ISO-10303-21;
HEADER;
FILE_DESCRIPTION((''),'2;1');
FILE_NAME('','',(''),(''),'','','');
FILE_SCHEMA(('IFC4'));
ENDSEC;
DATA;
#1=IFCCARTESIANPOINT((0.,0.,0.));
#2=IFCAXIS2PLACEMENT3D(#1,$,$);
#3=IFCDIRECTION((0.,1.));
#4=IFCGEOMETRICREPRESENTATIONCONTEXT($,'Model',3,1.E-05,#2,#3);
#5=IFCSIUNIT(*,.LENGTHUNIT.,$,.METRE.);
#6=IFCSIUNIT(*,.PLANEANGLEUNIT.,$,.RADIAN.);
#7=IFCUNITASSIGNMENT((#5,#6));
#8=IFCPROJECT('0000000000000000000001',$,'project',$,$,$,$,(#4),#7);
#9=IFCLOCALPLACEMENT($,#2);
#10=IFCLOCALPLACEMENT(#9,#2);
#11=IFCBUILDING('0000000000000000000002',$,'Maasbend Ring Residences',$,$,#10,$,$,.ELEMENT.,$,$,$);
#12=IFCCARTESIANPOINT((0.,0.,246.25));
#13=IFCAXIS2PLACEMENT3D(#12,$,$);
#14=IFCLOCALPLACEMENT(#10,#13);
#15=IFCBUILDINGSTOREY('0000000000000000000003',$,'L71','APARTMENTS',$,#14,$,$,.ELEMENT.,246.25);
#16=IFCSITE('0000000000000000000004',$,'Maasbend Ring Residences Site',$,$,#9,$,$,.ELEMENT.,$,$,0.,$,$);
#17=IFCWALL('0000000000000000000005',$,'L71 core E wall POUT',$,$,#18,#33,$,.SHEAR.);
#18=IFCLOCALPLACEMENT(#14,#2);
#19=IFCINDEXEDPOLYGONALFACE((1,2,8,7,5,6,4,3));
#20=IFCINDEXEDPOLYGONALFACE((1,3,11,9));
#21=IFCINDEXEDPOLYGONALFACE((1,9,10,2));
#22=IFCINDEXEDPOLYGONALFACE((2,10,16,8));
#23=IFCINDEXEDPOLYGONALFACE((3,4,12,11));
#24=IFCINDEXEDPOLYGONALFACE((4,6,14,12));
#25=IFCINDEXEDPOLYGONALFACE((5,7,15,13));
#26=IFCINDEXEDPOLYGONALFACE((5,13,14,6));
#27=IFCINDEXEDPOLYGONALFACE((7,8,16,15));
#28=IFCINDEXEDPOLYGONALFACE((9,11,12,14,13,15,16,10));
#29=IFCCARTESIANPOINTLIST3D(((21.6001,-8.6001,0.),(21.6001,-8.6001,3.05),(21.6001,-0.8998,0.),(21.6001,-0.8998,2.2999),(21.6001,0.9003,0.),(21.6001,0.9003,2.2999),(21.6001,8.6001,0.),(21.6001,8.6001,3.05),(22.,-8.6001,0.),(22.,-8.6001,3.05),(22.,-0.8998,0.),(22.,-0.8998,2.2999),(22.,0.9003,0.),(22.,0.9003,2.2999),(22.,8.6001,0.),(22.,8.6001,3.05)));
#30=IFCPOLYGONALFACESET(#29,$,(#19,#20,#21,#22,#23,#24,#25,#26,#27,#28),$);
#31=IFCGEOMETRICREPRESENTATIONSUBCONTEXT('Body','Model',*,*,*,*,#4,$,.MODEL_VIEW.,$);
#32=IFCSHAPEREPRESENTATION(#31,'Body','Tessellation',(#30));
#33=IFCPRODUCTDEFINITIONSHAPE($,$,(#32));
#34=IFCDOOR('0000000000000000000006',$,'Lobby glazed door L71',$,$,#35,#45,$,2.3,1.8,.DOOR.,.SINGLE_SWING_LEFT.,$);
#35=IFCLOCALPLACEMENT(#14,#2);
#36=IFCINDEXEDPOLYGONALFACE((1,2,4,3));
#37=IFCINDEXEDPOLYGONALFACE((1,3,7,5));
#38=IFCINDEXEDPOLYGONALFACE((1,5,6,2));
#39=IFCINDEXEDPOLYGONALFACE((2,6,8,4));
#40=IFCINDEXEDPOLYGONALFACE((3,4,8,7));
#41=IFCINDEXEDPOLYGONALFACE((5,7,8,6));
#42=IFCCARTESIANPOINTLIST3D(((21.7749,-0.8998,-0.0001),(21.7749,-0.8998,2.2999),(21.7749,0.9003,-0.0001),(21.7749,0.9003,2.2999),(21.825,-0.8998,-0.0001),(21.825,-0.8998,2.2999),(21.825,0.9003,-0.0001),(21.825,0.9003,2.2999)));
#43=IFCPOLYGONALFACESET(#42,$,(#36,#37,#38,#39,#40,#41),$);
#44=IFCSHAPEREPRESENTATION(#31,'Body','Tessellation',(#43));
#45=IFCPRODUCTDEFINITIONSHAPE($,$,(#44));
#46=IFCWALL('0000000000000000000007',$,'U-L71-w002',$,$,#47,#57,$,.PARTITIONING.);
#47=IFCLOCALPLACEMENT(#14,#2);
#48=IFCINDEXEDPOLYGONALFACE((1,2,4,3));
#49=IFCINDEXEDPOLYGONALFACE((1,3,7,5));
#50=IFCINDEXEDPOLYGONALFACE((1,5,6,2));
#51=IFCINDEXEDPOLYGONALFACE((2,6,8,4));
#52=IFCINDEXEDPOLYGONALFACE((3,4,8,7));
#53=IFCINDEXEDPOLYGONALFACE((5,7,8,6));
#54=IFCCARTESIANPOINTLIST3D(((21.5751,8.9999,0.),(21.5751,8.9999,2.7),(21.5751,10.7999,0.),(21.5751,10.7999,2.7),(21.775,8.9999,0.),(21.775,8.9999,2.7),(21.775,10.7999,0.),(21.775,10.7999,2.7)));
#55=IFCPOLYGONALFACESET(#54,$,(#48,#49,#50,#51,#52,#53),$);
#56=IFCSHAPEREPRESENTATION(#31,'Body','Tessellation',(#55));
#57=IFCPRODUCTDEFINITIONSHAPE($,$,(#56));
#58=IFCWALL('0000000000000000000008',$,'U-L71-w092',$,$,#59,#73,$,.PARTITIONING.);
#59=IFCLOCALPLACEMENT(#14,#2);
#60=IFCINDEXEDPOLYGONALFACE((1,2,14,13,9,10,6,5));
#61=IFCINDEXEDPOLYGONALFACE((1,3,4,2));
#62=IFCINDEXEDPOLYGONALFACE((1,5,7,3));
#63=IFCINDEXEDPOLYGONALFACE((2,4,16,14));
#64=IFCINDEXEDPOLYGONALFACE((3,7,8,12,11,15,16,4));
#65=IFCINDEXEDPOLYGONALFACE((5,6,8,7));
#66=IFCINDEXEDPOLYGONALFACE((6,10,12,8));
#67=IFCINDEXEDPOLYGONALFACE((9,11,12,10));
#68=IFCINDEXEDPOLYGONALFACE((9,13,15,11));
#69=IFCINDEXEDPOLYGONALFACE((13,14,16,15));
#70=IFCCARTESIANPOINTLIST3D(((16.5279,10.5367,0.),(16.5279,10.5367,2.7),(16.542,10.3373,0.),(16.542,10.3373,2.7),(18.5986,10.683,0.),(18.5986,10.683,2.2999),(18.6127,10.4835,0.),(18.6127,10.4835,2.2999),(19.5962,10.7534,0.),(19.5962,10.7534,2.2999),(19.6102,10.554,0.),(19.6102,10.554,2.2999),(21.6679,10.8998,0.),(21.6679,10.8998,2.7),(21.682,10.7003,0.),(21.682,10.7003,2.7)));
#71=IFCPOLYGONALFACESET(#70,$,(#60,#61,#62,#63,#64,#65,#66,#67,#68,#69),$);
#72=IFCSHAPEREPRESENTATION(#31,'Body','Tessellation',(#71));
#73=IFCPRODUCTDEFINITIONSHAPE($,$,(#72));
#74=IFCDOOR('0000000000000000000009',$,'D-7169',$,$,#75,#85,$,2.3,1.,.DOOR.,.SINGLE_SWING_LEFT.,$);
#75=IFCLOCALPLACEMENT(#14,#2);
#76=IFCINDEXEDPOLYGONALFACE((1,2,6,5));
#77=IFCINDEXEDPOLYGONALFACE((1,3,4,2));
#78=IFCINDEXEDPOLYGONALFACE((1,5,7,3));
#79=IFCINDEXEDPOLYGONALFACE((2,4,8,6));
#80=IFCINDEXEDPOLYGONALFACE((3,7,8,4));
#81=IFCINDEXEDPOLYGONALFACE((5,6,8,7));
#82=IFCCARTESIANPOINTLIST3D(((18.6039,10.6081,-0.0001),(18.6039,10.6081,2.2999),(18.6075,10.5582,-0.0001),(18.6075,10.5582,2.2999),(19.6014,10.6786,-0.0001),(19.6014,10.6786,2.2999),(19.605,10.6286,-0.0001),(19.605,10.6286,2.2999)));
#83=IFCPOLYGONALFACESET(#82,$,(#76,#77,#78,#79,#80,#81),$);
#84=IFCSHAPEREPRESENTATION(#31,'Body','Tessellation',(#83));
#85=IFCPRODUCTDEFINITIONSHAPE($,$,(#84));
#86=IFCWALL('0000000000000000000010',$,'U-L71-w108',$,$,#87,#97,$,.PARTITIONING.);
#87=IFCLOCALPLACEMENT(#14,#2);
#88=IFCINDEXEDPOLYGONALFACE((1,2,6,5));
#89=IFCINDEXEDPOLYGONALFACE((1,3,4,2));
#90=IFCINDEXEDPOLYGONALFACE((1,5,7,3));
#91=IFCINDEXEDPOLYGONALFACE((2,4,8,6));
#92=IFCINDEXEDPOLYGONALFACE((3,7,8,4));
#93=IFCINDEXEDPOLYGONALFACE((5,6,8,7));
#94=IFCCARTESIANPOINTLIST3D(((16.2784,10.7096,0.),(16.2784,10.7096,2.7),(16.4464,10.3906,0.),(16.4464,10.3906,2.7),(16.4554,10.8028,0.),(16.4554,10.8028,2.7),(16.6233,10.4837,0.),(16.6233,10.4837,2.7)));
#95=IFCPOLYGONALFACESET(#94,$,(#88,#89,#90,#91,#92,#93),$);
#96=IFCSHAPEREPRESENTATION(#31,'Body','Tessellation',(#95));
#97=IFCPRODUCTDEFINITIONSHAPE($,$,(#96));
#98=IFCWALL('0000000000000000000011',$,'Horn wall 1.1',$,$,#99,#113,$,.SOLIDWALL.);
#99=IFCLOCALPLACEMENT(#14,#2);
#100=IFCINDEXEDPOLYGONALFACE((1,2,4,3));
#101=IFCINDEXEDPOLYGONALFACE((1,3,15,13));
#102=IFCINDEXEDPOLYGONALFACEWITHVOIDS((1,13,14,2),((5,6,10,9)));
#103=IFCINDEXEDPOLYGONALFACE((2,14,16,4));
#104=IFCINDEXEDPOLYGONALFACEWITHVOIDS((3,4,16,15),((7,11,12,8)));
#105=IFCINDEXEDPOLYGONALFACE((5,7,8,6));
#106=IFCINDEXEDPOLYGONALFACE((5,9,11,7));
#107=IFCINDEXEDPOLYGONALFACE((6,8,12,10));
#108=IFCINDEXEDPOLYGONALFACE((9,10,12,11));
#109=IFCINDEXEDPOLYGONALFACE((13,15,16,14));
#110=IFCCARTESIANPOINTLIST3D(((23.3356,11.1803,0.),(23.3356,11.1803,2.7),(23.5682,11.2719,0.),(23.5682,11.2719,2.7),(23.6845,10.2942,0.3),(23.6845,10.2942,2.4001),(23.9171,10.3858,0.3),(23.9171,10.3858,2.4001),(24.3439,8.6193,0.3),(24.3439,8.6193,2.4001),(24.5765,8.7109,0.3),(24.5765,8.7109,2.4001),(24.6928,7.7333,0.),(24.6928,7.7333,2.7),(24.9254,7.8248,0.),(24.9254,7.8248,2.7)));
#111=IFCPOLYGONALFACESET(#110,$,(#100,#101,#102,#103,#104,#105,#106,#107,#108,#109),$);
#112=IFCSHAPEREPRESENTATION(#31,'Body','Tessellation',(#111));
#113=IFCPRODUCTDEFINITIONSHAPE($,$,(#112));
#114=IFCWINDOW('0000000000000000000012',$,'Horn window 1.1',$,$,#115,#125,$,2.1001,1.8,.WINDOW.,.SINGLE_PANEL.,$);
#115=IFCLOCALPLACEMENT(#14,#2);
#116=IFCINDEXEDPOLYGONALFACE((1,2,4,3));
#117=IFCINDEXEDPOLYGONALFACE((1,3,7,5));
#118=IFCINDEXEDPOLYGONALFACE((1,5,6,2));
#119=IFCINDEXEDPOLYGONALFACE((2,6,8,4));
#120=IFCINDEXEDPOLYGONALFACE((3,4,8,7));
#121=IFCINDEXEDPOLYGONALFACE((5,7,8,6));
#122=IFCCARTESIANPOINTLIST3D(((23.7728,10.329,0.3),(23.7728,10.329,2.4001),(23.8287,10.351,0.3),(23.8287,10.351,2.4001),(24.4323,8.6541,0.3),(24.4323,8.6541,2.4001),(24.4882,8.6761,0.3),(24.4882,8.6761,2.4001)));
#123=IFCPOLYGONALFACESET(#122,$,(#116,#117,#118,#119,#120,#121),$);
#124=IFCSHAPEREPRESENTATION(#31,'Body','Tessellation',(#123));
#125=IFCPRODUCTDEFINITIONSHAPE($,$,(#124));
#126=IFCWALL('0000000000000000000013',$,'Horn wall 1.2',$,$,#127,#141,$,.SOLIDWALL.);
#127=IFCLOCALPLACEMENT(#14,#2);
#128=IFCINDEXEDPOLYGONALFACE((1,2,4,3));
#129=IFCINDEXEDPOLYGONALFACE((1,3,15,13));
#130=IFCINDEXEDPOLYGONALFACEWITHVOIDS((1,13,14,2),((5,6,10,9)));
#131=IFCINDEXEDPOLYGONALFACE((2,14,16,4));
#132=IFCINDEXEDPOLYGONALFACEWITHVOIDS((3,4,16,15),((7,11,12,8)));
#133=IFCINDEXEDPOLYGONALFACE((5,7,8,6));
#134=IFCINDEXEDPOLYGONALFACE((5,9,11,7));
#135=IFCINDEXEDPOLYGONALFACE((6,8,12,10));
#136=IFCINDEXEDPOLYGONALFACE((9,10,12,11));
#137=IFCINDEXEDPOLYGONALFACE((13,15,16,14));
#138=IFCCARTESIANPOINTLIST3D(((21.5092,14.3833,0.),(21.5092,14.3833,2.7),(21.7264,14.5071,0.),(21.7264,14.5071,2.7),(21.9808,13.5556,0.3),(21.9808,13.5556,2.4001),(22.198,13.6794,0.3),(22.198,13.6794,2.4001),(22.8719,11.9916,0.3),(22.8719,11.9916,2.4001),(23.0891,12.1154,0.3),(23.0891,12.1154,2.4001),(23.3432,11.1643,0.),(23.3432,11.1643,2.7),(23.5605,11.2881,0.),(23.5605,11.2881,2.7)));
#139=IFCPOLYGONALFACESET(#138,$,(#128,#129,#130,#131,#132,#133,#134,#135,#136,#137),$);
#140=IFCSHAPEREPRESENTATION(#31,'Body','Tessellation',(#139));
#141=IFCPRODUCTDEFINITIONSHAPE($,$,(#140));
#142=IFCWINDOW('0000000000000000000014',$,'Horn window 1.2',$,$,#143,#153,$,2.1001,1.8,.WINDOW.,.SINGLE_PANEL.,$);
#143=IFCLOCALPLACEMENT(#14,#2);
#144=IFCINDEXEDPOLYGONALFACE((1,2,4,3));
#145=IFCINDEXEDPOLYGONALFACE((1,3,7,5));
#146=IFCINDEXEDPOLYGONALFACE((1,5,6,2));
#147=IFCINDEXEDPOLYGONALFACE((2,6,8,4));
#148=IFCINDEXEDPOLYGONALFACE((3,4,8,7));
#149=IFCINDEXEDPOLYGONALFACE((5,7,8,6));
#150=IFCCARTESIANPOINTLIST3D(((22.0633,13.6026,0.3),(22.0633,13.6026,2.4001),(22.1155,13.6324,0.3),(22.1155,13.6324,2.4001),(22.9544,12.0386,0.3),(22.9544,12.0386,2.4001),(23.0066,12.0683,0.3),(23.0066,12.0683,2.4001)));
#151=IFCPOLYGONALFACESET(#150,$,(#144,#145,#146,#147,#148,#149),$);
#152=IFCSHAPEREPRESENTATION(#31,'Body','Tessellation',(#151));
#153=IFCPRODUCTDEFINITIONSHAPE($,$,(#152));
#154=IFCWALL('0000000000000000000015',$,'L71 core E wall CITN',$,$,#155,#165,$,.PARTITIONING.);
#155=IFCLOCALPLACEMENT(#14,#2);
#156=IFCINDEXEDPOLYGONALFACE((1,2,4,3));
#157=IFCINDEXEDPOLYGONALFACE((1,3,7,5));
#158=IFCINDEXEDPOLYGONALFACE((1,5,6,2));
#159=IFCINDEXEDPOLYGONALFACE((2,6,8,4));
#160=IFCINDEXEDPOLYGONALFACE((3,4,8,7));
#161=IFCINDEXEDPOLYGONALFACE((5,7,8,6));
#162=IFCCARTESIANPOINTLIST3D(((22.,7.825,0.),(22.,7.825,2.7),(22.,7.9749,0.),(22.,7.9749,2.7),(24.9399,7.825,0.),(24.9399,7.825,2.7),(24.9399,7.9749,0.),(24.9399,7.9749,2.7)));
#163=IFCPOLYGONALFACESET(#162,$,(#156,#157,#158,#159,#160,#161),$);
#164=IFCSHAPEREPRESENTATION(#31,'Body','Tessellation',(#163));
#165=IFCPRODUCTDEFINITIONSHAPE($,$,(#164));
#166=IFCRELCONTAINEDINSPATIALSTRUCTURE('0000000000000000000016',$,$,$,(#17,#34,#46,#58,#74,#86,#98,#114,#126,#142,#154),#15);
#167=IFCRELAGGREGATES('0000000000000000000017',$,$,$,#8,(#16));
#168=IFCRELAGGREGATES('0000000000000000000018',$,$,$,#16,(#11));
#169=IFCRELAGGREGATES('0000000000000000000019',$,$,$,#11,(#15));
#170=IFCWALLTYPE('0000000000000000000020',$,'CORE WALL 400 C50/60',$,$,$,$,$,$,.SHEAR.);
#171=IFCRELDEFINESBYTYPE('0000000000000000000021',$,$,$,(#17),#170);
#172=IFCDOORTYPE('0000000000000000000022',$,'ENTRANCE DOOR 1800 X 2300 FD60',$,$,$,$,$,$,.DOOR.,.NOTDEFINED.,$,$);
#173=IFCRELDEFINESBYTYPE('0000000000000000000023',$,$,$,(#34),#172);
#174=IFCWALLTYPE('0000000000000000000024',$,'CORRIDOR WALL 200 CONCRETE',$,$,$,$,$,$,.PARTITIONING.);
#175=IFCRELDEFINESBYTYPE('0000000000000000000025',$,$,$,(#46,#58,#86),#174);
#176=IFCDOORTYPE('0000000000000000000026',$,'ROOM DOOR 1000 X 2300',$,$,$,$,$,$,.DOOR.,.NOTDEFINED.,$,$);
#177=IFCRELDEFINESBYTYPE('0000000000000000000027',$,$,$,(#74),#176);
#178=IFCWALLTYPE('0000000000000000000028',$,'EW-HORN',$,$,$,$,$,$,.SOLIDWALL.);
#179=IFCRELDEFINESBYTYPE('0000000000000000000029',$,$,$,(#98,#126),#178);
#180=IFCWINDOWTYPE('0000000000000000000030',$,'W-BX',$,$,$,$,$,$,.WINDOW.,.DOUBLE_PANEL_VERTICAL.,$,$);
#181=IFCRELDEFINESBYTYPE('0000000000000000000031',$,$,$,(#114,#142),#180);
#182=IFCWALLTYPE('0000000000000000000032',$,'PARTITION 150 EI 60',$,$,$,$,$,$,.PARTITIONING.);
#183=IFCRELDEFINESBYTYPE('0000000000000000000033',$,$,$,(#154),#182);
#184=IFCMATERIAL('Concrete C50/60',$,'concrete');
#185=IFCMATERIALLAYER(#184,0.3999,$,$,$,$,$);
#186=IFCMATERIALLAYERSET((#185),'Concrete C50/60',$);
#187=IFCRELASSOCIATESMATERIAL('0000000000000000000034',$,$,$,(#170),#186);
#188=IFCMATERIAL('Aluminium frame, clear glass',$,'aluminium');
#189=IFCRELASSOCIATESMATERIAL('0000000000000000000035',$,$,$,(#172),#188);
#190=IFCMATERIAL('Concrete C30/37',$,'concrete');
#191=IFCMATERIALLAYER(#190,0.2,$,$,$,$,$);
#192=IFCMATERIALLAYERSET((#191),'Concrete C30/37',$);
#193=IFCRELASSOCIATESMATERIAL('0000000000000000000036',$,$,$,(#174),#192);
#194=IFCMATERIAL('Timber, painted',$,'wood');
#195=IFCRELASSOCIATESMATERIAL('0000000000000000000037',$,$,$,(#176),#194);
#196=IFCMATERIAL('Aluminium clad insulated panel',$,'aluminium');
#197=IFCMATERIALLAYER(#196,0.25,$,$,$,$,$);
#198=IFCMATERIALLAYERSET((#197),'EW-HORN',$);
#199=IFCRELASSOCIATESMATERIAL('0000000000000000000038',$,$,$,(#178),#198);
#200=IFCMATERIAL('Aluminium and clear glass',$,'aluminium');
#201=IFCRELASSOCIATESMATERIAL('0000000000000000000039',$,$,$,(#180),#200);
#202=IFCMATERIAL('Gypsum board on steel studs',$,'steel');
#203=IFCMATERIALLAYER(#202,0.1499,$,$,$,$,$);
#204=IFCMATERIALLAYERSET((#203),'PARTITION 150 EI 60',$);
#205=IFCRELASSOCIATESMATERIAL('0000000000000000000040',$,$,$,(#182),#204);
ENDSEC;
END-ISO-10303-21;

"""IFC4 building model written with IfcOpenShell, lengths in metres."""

from ifc_helpers import new_model, si_unit, direction, frame, frame_2d, origin, place, context, subcontext, project, spatial, rectangle, extrude, material, layer, layer_set, type_object, element, fill, save


model = new_model("IFC4")

# Units and contexts
model_context = context("Model", 3, precision=1e-05, world=origin(), true_north=direction((0.0, 1.0)))
body_context = subcontext(model_context, "Body", "Model", "MODEL_VIEW")
ifc_project = project(units=[si_unit("LENGTHUNIT", "METRE"), si_unit("PLANEANGLEUNIT", "RADIAN")], contexts=[model_context])

# Site, building, storey
site_placement = place(None, origin())
site = spatial("IfcSite", under=ifc_project, at=site_placement, Name="Maasbend Ring Residences Site", CompositionType="ELEMENT", RefElevation=0.0)
building_placement = place(site_placement, origin())
building = spatial("IfcBuilding", under=site, at=building_placement, Name="Maasbend Ring Residences", CompositionType="ELEMENT")
storey_placement = place(building_placement, frame((0.0, 0.0, 246.25)))
storey = spatial("IfcBuildingStorey", under=building, at=storey_placement, Name="L71", Description="APARTMENTS", CompositionType="ELEMENT", Elevation=246.25)

# Wall, opening, door
ifc_material_1 = material(Name="Concrete C50/60", Category="concrete")
ifc_layer_1 = layer(ifc_material_1, 0.3999)
ifc_layer_set_1 = layer_set([ifc_layer_1], Name="Concrete C50/60")
wall_type_1 = type_object("IfcWallType", Name="CORE WALL 400 C50/60", PredefinedType="SHEAR", material=ifc_layer_set_1)
wall_1_placement = place(storey_placement, frame((21.8, 8.6001, 0.0), z_axis=(0.0, 0.0, 1.0), x_axis=(0.0, -1.0, 0.0)))
wall_1 = element("IfcWall", 1, at=wall_1_placement, inside=storey, type_object=wall_type_1, Name="L71 core E wall POUT", PredefinedType="SHEAR", context=body_context, shape_type="SweptSolid", body=[
    extrude(rectangle(XDim=17.2002, YDim=0.3999, at=frame_2d((8.6001, 0.0))), origin(), (0.0, 0.0, 1.0), 3.05),
])
opening_1_placement = place(wall_1_placement, frame((7.7, 0.0, 0.0)))
opening_1 = element("IfcOpeningElement", 2, at=opening_1_placement, cuts=wall_1, PredefinedType="OPENING", context=body_context, shape_type="SweptSolid", body=[
    extrude(rectangle(XDim=1.8, YDim=2.3, at=frame_2d((0.8999, 1.1499))), frame((0.0, 0.21, 0.0), z_axis=(0.0, -1.0, 0.0), x_axis=(1.0, 0.0, 0.0)), (0.0, 0.0, 1.0), 0.4199),
])
ifc_material_2 = material(Name="Aluminium frame, clear glass", Category="aluminium")
door_type_1 = type_object("IfcDoorType", Name="ENTRANCE DOOR 1800 X 2300 FD60", OperationType="NOTDEFINED", PredefinedType="DOOR", material=ifc_material_2)
door_1_placement = place(opening_1_placement, origin())
door_1 = element("IfcDoor", 3, at=door_1_placement, inside=storey, type_object=door_type_1, Name="Lobby glazed door L71", OperationType="SINGLE_SWING_LEFT", OverallHeight=2.3, OverallWidth=1.8, PredefinedType="DOOR", context=body_context, shape_type="SweptSolid", body=[
    extrude(rectangle(XDim=1.8, YDim=2.3, at=frame_2d((0.8999, 1.1499))), frame((0.0, 0.0249, 0.0), z_axis=(0.0, -1.0, 0.0), x_axis=(1.0, 0.0, 0.0)), (0.0, 0.0, 1.0), 0.05),
])
fill(opening_1, door_1)

# Wall
ifc_material_3 = material(Name="Concrete C30/37", Category="concrete")
ifc_layer_2 = layer(ifc_material_3, 0.2)
ifc_layer_set_2 = layer_set([ifc_layer_2], Name="Concrete C30/37")
wall_type_2 = type_object("IfcWallType", Name="CORRIDOR WALL 200 CONCRETE", PredefinedType="PARTITIONING", material=ifc_layer_set_2)
wall_2_placement = place(storey_placement, frame((21.675, 9.0, 0.0), z_axis=(0.0, 0.0, 1.0), x_axis=(0.0, 1.0, 0.0)))
element("IfcWall", 4, at=wall_2_placement, inside=storey, type_object=wall_type_2, Name="U-L71-w002", PredefinedType="PARTITIONING", context=body_context, shape_type="SweptSolid", body=[
    extrude(rectangle(XDim=1.8, YDim=0.2, at=frame_2d((0.8999, 0.0))), origin(), (0.0, 0.0, 1.0), 2.7),
])

# Wall, opening, door
wall_3_placement = place(storey_placement, frame((16.5349, 10.437, 0.0), z_axis=(0.0, 0.0, 1.0), x_axis=(0.997515, 0.070452, 0.0)))
wall_3 = element("IfcWall", 5, at=wall_3_placement, inside=storey, type_object=wall_type_2, Name="U-L71-w092", PredefinedType="PARTITIONING", context=body_context, shape_type="SweptSolid", body=[
    extrude(rectangle(XDim=5.1528, YDim=0.2, at=frame_2d((2.5764, 0.0))), origin(), (0.0, 0.0, 1.0), 2.7),
])
opening_2_placement = place(wall_3_placement, frame((2.0759, 0.0, 0.0)))
opening_2 = element("IfcOpeningElement", 6, at=opening_2_placement, cuts=wall_3, PredefinedType="OPENING", context=body_context, shape_type="SweptSolid", body=[
    extrude(rectangle(XDim=1.0, YDim=2.3, at=frame_2d((0.5, 1.1499))), frame((0.0, 0.1099, 0.0), z_axis=(0.0, -1.0, 0.0), x_axis=(1.0, 0.0, 0.0)), (0.0, 0.0, 1.0), 0.22),
])
ifc_material_4 = material(Name="Timber, painted", Category="wood")
door_type_2 = type_object("IfcDoorType", Name="ROOM DOOR 1000 X 2300", OperationType="NOTDEFINED", PredefinedType="DOOR", material=ifc_material_4)
door_2_placement = place(opening_2_placement, origin())
door_2 = element("IfcDoor", 7, at=door_2_placement, inside=storey, type_object=door_type_2, Name="D-7169", OperationType="SINGLE_SWING_LEFT", OverallHeight=2.3, OverallWidth=1.0, PredefinedType="DOOR", context=body_context, shape_type="SweptSolid", body=[
    extrude(rectangle(XDim=1.0, YDim=2.3, at=frame_2d((0.5, 1.1499))), frame((0.0, 0.0249, 0.0), z_axis=(0.0, -1.0, 0.0), x_axis=(1.0, 0.0, 0.0)), (0.0, 0.0, 1.0), 0.05),
])
fill(opening_2, door_2)

# Wall
wall_4_placement = place(storey_placement, frame((16.3669, 10.7561, 0.0), z_axis=(0.0, 0.0, 1.0), x_axis=(0.465802, -0.884889, 0.0)))
element("IfcWall", 8, at=wall_4_placement, inside=storey, type_object=wall_type_2, Name="U-L71-w108", PredefinedType="PARTITIONING", context=body_context, shape_type="SweptSolid", body=[
    extrude(rectangle(XDim=0.3606, YDim=0.2, at=frame_2d((0.1802, 0.0))), origin(), (0.0, 0.0, 1.0), 2.7),
])

# Walls, openings, windows
ifc_material_5 = material(Name="Aluminium clad insulated panel", Category="aluminium")
ifc_layer_3 = layer(ifc_material_5, 0.25)
ifc_layer_set_3 = layer_set([ifc_layer_3], Name="EW-HORN")
wall_type_3 = type_object("IfcWallType", Name="EW-HORN", PredefinedType="SOLIDWALL", material=ifc_layer_set_3)
wall_5_placement = place(storey_placement, frame((24.8091, 7.7791, 0.0), z_axis=(0.0, 0.0, 1.0), x_axis=(-0.366352, 0.930476, 0.0)))
wall_5 = element("IfcWall", 9, at=wall_5_placement, inside=storey, type_object=wall_type_3, Name="Horn wall 1.1", PredefinedType="SOLIDWALL", context=body_context, shape_type="SweptSolid", body=[
    extrude(rectangle(XDim=3.7046, YDim=0.25, at=frame_2d((1.8523, 0.0))), origin(), (0.0, 0.0, 1.0), 2.7),
])
opening_3_placement = place(wall_5_placement, frame((0.9524, 0.0, 0.3)))
opening_3 = element("IfcOpeningElement", 10, at=opening_3_placement, cuts=wall_5, PredefinedType="OPENING", context=body_context, shape_type="SweptSolid", body=[
    extrude(rectangle(XDim=1.8, YDim=2.1001, at=frame_2d((0.8999, 1.05))), frame((0.0, 0.135, 0.0), z_axis=(0.0, -1.0, 0.0), x_axis=(1.0, 0.0, 0.0)), (0.0, 0.0, 1.0), 0.27),
])
ifc_material_6 = material(Name="Aluminium and clear glass", Category="aluminium")
window_type = type_object("IfcWindowType", Name="W-BX", PartitioningType="DOUBLE_PANEL_VERTICAL", PredefinedType="WINDOW", material=ifc_material_6)
window_1_placement = place(opening_3_placement, origin())
window_1 = element("IfcWindow", 11, at=window_1_placement, inside=storey, type_object=window_type, Name="Horn window 1.1", OverallHeight=2.1001, OverallWidth=1.8, PartitioningType="SINGLE_PANEL", PredefinedType="WINDOW", context=body_context, shape_type="SweptSolid", body=[
    extrude(rectangle(XDim=1.8, YDim=2.1001, at=frame_2d((0.8999, 1.05))), frame((0.0, 0.03, 0.0), z_axis=(0.0, -1.0, 0.0), x_axis=(1.0, 0.0, 0.0)), (0.0, 0.0, 1.0), 0.0601),
])
fill(opening_3, window_1)
wall_6_placement = place(storey_placement, frame((23.4519, 11.2261, 0.0), z_axis=(0.0, 0.0, 1.0), x_axis=(-0.495031, 0.868875, 0.0)))
wall_6 = element("IfcWall", 12, at=wall_6_placement, inside=storey, type_object=wall_type_3, Name="Horn wall 1.2", PredefinedType="SOLIDWALL", context=body_context, shape_type="SweptSolid", body=[
    extrude(rectangle(XDim=3.7048, YDim=0.25, at=frame_2d((1.8525, 0.0))), origin(), (0.0, 0.0, 1.0), 2.7),
])
opening_4_placement = place(wall_6_placement, frame((0.9524, 0.0, 0.3)))
opening_4 = element("IfcOpeningElement", 13, at=opening_4_placement, cuts=wall_6, PredefinedType="OPENING", context=body_context, shape_type="SweptSolid", body=[
    extrude(rectangle(XDim=1.8, YDim=2.1001, at=frame_2d((0.8999, 1.05))), frame((0.0, 0.135, 0.0), z_axis=(0.0, -1.0, 0.0), x_axis=(1.0, 0.0, 0.0)), (0.0, 0.0, 1.0), 0.27),
])
window_2_placement = place(opening_4_placement, origin())
window_2 = element("IfcWindow", 14, at=window_2_placement, inside=storey, type_object=window_type, Name="Horn window 1.2", OverallHeight=2.1001, OverallWidth=1.8, PartitioningType="SINGLE_PANEL", PredefinedType="WINDOW", context=body_context, shape_type="SweptSolid", body=[
    extrude(rectangle(XDim=1.8, YDim=2.1001, at=frame_2d((0.8999, 1.05))), frame((0.0, 0.03, 0.0), z_axis=(0.0, -1.0, 0.0), x_axis=(1.0, 0.0, 0.0)), (0.0, 0.0, 1.0), 0.0601),
])
fill(opening_4, window_2)

# Wall
ifc_material_7 = material(Name="Gypsum board on steel studs", Category="steel")
ifc_layer_4 = layer(ifc_material_7, 0.1499)
ifc_layer_set_4 = layer_set([ifc_layer_4], Name="PARTITION 150 EI 60")
wall_type_4 = type_object("IfcWallType", Name="PARTITION 150 EI 60", PredefinedType="PARTITIONING", material=ifc_layer_set_4)
wall_7_placement = place(storey_placement, frame((22.0, 7.8999, 0.0), z_axis=(0.0, 0.0, 1.0), x_axis=(1.0, 0.0, 0.0)))
element("IfcWall", 15, at=wall_7_placement, inside=storey, type_object=wall_type_4, Name="L71 core E wall CITN", PredefinedType="PARTITIONING", context=body_context, shape_type="SweptSolid", body=[
    extrude(rectangle(XDim=2.9399, YDim=0.1499, at=frame_2d((1.47, 0.0))), origin(), (0.0, 0.0, 1.0), 2.7),
])

save(model, "model.ifc")
